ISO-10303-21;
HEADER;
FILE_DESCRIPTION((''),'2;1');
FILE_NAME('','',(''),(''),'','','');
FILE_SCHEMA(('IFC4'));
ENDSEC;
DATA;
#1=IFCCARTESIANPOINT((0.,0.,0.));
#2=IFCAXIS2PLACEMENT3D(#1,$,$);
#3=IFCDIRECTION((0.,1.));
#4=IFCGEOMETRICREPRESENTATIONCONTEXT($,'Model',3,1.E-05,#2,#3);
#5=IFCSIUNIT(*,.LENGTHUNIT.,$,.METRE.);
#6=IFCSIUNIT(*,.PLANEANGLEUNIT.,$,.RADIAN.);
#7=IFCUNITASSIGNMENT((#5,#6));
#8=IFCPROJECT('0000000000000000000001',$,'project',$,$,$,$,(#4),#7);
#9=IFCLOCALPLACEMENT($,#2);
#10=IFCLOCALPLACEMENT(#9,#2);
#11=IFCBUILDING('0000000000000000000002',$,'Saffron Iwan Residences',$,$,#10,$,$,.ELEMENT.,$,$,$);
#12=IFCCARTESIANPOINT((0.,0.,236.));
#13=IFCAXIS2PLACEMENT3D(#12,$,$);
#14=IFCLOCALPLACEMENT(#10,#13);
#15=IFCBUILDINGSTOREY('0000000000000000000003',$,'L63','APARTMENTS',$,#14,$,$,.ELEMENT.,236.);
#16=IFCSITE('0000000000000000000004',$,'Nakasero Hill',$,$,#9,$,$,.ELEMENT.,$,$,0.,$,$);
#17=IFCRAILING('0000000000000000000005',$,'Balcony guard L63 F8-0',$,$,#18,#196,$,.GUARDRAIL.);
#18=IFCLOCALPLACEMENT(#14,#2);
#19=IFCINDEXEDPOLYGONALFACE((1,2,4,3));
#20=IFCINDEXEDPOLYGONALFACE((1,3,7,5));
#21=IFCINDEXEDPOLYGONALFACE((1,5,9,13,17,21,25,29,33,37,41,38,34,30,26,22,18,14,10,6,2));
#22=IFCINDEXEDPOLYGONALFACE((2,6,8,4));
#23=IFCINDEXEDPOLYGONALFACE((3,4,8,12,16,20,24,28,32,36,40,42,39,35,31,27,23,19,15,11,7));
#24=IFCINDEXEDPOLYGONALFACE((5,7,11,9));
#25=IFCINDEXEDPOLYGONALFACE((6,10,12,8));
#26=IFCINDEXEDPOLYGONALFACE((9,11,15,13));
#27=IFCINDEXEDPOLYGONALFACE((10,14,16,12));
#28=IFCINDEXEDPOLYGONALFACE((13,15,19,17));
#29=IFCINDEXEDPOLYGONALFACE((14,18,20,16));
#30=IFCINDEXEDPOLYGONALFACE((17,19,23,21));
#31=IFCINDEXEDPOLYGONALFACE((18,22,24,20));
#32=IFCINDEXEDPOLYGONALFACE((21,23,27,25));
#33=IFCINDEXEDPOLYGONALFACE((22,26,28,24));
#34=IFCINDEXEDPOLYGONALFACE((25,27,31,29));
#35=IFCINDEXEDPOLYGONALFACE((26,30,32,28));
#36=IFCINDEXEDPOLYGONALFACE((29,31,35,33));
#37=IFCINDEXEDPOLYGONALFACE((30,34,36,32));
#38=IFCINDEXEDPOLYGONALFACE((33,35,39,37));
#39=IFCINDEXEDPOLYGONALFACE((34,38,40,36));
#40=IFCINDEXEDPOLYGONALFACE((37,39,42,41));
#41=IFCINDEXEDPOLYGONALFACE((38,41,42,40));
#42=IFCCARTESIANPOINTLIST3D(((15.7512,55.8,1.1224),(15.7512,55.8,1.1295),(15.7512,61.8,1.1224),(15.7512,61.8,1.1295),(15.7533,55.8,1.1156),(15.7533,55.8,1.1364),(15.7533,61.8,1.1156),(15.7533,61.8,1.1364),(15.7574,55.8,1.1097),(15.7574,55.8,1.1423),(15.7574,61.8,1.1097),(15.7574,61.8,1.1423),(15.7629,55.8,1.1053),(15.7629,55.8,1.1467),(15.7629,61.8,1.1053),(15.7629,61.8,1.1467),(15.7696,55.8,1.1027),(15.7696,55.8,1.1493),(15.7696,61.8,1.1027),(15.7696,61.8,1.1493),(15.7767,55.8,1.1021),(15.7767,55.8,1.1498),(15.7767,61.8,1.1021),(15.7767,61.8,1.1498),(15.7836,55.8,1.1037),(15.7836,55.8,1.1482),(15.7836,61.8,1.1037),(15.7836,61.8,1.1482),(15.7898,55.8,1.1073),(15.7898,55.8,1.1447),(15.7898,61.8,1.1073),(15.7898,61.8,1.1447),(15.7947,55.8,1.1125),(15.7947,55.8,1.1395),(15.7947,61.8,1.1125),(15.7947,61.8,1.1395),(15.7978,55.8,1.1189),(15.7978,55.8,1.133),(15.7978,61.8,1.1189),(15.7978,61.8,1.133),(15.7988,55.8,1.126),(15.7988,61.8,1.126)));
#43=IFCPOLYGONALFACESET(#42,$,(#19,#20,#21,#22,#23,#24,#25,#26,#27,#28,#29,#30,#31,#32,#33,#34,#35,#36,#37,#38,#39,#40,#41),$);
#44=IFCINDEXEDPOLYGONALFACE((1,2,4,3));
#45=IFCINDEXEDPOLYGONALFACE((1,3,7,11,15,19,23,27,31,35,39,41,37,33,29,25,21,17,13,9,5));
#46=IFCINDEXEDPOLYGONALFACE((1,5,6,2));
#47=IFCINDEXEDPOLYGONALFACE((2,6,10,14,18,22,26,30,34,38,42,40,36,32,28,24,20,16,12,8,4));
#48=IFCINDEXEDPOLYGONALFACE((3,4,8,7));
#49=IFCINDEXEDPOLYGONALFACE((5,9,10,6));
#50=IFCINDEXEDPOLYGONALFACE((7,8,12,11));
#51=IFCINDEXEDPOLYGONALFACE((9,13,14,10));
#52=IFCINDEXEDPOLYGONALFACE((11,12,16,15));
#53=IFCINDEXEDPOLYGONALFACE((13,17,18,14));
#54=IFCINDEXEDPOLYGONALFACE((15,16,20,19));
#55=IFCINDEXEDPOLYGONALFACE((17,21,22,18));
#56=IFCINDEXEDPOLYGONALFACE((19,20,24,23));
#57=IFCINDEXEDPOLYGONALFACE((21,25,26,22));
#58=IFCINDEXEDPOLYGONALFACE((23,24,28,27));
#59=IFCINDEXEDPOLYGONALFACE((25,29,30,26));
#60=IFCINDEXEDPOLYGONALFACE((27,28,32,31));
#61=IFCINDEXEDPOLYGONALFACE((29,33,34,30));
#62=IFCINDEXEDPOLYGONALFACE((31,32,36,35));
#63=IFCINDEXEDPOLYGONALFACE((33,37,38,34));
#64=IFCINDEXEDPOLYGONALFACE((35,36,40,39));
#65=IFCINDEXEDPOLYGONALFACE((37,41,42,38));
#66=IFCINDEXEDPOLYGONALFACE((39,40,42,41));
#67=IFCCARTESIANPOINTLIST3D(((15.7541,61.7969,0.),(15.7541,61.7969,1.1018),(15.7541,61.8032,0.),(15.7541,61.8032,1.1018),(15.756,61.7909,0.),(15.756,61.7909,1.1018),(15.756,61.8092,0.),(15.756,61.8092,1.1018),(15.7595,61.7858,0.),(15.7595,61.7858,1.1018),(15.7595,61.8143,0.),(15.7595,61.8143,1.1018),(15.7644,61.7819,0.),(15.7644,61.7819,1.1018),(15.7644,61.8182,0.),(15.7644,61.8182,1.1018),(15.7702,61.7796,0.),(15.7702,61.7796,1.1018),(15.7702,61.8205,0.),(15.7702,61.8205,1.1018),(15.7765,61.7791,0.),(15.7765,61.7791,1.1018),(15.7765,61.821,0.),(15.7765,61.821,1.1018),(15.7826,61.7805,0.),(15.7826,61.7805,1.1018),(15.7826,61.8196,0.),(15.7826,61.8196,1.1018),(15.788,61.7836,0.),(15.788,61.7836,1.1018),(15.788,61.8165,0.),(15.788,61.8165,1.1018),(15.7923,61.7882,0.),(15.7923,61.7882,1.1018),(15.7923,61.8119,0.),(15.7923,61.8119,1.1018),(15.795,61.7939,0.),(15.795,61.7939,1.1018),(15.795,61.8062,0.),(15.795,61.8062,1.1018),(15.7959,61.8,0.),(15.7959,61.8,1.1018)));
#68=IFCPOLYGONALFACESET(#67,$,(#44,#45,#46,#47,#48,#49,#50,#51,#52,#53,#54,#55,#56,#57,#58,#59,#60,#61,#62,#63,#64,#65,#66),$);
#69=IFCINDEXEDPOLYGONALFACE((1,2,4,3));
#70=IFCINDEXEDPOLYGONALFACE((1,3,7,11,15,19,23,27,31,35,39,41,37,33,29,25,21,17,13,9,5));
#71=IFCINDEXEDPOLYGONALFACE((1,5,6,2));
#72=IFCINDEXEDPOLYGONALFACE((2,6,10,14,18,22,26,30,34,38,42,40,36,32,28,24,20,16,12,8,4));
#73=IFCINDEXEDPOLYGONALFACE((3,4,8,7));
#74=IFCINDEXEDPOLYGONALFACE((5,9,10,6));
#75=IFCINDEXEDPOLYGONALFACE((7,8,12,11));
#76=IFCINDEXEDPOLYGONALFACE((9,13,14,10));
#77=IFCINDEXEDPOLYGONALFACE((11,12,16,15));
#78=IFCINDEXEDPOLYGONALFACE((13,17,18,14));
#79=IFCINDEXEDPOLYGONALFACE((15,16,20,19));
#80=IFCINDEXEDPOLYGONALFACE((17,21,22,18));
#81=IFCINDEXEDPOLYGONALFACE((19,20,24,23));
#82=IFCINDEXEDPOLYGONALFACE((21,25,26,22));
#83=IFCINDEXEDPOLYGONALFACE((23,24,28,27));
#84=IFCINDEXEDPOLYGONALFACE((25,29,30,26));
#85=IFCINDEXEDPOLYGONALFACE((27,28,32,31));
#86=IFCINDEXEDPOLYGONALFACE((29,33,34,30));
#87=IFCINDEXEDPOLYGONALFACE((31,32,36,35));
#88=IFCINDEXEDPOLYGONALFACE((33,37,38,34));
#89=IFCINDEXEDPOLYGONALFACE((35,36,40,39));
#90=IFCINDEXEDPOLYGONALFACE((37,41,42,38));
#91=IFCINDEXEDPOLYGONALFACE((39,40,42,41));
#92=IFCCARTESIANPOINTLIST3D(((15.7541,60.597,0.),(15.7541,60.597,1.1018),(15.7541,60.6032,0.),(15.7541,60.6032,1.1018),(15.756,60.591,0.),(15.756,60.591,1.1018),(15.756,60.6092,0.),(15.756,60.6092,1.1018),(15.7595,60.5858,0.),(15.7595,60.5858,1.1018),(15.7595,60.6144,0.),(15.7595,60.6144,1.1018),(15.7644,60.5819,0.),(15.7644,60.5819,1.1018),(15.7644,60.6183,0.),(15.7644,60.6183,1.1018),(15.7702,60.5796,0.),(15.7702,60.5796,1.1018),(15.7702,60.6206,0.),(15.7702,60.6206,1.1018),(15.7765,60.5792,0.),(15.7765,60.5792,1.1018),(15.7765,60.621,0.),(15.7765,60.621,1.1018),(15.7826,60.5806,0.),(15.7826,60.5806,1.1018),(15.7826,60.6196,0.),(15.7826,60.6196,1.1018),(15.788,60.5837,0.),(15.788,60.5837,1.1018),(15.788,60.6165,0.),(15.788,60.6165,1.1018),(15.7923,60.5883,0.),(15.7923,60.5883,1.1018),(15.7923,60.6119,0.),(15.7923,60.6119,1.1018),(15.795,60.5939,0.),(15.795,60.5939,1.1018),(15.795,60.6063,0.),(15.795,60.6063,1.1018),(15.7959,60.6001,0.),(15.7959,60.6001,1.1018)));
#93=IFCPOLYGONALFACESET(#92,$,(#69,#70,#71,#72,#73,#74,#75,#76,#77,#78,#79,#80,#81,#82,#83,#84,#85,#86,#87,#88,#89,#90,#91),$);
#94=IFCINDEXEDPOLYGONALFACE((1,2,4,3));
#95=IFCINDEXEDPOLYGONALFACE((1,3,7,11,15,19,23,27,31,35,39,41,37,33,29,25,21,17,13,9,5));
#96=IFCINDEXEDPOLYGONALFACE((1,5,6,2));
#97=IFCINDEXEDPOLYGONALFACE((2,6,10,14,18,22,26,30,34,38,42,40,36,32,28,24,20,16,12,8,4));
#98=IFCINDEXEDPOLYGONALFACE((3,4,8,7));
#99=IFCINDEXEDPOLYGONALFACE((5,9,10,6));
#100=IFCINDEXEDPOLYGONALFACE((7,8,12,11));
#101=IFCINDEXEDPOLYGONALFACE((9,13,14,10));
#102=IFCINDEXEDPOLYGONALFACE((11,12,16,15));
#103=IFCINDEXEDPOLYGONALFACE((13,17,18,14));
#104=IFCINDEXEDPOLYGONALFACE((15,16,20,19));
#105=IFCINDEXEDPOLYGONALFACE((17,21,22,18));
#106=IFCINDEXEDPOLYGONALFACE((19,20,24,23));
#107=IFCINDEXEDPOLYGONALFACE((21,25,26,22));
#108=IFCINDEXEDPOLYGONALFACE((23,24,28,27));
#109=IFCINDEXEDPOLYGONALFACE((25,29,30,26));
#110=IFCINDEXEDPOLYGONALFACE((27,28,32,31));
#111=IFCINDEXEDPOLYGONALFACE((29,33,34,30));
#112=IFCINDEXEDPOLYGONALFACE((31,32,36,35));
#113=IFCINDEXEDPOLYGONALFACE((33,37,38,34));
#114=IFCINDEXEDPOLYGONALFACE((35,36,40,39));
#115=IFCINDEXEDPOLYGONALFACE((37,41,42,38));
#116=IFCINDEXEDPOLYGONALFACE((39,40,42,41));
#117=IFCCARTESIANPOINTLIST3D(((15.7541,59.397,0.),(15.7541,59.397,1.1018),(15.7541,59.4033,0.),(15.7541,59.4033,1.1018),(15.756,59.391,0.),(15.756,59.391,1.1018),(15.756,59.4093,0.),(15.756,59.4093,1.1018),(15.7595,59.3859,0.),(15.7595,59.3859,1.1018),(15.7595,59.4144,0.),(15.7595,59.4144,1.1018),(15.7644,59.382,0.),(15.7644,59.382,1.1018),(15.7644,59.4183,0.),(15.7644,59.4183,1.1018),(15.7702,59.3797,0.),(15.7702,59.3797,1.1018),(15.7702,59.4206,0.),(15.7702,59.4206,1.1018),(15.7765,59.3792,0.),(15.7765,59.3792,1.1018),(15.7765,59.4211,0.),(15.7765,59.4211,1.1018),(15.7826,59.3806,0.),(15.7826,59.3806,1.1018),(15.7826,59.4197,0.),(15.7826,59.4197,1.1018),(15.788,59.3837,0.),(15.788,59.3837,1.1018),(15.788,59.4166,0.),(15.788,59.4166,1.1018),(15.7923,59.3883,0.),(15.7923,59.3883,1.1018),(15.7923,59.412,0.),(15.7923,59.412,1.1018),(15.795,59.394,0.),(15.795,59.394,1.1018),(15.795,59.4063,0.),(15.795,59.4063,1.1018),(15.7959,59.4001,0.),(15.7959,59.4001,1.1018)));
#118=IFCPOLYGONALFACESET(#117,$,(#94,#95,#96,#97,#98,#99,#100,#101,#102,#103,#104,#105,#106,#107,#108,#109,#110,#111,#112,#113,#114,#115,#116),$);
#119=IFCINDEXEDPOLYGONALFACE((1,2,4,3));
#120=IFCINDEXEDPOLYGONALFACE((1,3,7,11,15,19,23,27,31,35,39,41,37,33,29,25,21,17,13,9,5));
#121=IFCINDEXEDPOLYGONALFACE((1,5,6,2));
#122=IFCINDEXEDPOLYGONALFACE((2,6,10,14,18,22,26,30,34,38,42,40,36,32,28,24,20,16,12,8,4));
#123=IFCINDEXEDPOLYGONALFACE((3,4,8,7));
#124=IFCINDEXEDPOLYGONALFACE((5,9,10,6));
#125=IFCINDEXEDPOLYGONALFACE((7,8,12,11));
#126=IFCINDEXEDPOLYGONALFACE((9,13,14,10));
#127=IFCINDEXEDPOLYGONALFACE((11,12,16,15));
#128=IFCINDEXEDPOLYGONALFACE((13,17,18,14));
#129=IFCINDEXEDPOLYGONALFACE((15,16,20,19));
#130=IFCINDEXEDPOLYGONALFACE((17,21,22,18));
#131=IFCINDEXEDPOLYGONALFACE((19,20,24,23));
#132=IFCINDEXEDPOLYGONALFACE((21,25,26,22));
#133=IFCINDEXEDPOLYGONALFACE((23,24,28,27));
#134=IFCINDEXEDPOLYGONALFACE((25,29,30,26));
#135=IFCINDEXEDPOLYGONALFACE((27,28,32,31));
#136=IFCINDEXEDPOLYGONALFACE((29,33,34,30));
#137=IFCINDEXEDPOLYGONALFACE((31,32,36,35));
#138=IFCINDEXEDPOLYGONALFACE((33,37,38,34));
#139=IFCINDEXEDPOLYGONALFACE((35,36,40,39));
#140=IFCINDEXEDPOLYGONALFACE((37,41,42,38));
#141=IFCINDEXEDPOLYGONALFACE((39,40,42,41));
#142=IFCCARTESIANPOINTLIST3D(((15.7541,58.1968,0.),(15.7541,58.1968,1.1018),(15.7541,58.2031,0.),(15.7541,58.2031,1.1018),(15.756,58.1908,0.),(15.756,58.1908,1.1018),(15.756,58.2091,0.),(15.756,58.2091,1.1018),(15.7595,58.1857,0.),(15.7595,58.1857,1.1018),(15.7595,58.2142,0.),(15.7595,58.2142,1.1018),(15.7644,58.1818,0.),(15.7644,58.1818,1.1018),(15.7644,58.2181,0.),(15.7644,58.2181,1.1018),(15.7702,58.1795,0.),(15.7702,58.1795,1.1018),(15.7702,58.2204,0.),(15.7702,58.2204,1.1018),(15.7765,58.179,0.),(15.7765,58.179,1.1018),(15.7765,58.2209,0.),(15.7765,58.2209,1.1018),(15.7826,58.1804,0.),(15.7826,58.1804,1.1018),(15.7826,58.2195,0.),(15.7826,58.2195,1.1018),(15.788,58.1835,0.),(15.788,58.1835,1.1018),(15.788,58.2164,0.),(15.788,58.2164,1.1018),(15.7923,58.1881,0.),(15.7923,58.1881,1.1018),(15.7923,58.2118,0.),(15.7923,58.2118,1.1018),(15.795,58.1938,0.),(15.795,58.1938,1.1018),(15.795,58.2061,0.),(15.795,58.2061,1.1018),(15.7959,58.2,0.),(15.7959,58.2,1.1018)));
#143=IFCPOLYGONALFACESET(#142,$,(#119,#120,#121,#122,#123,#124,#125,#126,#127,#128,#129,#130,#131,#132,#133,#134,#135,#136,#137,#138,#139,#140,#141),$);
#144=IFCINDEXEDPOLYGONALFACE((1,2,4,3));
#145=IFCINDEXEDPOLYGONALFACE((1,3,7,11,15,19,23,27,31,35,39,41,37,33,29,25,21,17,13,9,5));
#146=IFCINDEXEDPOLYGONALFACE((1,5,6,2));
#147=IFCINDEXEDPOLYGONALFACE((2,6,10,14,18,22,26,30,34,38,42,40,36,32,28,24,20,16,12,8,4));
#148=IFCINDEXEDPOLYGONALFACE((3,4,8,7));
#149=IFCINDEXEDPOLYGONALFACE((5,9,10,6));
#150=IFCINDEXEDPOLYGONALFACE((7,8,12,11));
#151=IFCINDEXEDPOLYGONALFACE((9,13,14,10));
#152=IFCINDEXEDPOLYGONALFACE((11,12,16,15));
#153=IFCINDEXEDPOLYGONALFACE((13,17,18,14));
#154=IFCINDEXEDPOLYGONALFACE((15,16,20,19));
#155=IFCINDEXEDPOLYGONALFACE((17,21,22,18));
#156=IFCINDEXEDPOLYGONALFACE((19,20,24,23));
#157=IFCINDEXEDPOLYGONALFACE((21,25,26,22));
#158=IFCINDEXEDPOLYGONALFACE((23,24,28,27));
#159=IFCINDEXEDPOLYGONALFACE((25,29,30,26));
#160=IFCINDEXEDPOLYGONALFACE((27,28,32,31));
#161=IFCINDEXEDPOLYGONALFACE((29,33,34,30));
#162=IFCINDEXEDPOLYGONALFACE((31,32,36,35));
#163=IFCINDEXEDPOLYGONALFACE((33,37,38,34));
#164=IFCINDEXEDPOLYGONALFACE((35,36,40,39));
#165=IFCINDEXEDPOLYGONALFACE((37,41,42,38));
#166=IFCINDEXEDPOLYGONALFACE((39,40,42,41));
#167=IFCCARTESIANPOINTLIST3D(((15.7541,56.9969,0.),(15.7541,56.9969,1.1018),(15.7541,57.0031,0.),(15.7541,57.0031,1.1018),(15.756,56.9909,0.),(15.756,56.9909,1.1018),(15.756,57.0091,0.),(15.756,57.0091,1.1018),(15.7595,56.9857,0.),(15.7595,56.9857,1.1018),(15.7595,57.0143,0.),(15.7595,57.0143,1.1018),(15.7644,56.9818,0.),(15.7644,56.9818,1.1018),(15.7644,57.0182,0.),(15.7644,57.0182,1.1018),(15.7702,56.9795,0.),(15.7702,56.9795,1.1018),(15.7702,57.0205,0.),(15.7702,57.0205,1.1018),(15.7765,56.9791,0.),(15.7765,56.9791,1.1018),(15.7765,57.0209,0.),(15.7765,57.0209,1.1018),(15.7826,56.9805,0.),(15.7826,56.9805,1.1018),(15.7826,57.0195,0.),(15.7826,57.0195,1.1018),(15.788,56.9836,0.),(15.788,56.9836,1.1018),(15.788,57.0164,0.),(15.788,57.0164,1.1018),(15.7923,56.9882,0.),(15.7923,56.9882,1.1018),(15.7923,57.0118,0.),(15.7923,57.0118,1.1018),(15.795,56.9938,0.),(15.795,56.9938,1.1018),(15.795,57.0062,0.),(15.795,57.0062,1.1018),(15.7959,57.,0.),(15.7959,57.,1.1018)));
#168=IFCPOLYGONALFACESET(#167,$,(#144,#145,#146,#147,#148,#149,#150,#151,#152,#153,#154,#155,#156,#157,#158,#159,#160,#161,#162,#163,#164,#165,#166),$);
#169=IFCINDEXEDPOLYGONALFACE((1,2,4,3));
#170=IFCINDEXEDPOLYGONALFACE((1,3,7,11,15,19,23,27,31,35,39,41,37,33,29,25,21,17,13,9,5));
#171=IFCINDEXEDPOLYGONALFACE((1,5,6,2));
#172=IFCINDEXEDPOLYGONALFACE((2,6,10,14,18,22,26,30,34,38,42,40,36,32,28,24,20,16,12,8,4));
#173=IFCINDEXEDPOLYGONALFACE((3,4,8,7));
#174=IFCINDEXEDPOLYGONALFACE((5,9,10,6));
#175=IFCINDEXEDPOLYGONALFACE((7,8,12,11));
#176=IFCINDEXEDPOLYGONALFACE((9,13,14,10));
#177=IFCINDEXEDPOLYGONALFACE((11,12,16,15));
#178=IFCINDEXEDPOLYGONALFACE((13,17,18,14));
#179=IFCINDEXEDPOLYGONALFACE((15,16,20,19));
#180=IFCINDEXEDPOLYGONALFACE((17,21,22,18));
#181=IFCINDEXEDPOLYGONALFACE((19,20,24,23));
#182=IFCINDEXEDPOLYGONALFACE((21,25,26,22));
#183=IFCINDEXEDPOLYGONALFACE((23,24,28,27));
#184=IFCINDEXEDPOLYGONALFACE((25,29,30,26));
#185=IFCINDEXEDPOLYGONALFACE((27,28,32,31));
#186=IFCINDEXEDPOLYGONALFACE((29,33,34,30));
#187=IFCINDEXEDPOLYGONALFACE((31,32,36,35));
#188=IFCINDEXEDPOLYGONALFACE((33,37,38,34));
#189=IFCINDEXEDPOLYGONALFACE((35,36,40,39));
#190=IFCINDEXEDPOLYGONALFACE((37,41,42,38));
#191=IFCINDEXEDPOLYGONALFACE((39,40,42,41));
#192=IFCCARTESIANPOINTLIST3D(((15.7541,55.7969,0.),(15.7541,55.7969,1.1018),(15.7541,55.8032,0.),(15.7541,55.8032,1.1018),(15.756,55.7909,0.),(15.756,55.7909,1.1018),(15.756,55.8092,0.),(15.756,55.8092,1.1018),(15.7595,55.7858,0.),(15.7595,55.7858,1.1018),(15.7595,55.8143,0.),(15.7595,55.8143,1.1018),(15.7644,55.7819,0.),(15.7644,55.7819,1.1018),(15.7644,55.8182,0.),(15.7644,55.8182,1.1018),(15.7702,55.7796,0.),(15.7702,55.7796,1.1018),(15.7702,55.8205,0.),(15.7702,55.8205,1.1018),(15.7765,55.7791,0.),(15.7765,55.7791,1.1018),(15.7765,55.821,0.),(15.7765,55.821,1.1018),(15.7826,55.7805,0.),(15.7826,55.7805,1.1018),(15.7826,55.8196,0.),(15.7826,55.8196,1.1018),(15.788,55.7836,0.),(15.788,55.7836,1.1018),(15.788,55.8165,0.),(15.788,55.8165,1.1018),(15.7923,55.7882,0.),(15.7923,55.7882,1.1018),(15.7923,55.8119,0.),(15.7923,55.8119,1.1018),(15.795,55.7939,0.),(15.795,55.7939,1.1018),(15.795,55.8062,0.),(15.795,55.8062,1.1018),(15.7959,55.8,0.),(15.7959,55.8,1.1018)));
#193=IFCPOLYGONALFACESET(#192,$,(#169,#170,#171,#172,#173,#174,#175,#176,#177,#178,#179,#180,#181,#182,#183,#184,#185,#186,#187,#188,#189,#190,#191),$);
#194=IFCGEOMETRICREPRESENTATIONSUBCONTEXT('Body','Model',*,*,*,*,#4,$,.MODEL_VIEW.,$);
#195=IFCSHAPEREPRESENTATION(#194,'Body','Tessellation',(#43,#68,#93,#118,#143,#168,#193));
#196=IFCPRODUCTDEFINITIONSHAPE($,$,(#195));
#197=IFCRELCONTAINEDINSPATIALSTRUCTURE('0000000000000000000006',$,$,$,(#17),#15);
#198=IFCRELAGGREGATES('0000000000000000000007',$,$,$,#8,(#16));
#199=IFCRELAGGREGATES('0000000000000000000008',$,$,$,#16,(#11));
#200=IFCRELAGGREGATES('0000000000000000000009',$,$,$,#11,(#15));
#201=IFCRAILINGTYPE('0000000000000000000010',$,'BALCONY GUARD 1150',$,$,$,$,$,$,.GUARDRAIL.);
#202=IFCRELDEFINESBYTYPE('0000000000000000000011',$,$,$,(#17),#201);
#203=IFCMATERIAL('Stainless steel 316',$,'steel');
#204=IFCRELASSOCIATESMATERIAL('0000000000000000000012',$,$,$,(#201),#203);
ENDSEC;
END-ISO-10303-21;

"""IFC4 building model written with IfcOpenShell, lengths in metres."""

from ifc_helpers import new_model, si_unit, direction, frame, origin, origin_2d, place, context, subcontext, project, spatial, circle, extrude, material, type_object, element, save


model = new_model("IFC4")

# Units and contexts
model_context = context("Model", 3, precision=1e-05, world=origin(), true_north=direction((0.0, 1.0)))
body_context = subcontext(model_context, "Body", "Model", "MODEL_VIEW")
ifc_project = project(units=[si_unit("LENGTHUNIT", "METRE"), si_unit("PLANEANGLEUNIT", "RADIAN")], contexts=[model_context])

# Site, building, storey
site_placement = place(None, origin())
site = spatial("IfcSite", under=ifc_project, at=site_placement, Name="Nakasero Hill", CompositionType="ELEMENT", RefElevation=0.0)
building_placement = place(site_placement, origin())
building = spatial("IfcBuilding", under=site, at=building_placement, Name="Saffron Iwan Residences", CompositionType="ELEMENT")
storey_placement = place(building_placement, frame((0.0, 0.0, 236.0)))
storey = spatial("IfcBuildingStorey", under=building, at=storey_placement, Name="L63", Description="APARTMENTS", CompositionType="ELEMENT", Elevation=236.0)

# Railing
ifc_material_1 = material(Name="Stainless steel 316", Category="steel")
railing_type = type_object("IfcRailingType", Name="BALCONY GUARD 1150", PredefinedType="GUARDRAIL", material=ifc_material_1)
railing_placement = place(storey_placement, frame((15.7749, 61.8, 0.0)))
element("IfcRailing", 1, at=railing_placement, inside=storey, type_object=railing_type, Name="Balcony guard L63 F8-0", PredefinedType="GUARDRAIL", context=body_context, shape_type="SweptSolid", body=[
    extrude(circle(Radius=0.0239, at=origin_2d()), frame((0.0, 0.0, 1.126), z_axis=(0.0, -1.0, 0.0), x_axis=(1.0, 0.0, 0.0)), (0.0, 0.0, 1.0), 6.0),
    extrude(circle(Radius=0.021, at=origin_2d()), origin(), (0.0, 0.0, 1.0), 1.1018),
    extrude(circle(Radius=0.021, at=origin_2d()), frame((0.0, -1.2, 0.0)), (0.0, 0.0, 1.0), 1.1018),
    extrude(circle(Radius=0.021, at=origin_2d()), frame((0.0, -2.3999, 0.0)), (0.0, 0.0, 1.0), 1.1018),
    extrude(circle(Radius=0.021, at=origin_2d()), frame((0.0, -3.6001, 0.0)), (0.0, 0.0, 1.0), 1.1018),
    extrude(circle(Radius=0.021, at=origin_2d()), frame((0.0, -4.8, 0.0)), (0.0, 0.0, 1.0), 1.1018),
    extrude(circle(Radius=0.021, at=origin_2d()), frame((0.0, -6.0, 0.0)), (0.0, 0.0, 1.0), 1.1018),
])

save(model, "model.ifc")
